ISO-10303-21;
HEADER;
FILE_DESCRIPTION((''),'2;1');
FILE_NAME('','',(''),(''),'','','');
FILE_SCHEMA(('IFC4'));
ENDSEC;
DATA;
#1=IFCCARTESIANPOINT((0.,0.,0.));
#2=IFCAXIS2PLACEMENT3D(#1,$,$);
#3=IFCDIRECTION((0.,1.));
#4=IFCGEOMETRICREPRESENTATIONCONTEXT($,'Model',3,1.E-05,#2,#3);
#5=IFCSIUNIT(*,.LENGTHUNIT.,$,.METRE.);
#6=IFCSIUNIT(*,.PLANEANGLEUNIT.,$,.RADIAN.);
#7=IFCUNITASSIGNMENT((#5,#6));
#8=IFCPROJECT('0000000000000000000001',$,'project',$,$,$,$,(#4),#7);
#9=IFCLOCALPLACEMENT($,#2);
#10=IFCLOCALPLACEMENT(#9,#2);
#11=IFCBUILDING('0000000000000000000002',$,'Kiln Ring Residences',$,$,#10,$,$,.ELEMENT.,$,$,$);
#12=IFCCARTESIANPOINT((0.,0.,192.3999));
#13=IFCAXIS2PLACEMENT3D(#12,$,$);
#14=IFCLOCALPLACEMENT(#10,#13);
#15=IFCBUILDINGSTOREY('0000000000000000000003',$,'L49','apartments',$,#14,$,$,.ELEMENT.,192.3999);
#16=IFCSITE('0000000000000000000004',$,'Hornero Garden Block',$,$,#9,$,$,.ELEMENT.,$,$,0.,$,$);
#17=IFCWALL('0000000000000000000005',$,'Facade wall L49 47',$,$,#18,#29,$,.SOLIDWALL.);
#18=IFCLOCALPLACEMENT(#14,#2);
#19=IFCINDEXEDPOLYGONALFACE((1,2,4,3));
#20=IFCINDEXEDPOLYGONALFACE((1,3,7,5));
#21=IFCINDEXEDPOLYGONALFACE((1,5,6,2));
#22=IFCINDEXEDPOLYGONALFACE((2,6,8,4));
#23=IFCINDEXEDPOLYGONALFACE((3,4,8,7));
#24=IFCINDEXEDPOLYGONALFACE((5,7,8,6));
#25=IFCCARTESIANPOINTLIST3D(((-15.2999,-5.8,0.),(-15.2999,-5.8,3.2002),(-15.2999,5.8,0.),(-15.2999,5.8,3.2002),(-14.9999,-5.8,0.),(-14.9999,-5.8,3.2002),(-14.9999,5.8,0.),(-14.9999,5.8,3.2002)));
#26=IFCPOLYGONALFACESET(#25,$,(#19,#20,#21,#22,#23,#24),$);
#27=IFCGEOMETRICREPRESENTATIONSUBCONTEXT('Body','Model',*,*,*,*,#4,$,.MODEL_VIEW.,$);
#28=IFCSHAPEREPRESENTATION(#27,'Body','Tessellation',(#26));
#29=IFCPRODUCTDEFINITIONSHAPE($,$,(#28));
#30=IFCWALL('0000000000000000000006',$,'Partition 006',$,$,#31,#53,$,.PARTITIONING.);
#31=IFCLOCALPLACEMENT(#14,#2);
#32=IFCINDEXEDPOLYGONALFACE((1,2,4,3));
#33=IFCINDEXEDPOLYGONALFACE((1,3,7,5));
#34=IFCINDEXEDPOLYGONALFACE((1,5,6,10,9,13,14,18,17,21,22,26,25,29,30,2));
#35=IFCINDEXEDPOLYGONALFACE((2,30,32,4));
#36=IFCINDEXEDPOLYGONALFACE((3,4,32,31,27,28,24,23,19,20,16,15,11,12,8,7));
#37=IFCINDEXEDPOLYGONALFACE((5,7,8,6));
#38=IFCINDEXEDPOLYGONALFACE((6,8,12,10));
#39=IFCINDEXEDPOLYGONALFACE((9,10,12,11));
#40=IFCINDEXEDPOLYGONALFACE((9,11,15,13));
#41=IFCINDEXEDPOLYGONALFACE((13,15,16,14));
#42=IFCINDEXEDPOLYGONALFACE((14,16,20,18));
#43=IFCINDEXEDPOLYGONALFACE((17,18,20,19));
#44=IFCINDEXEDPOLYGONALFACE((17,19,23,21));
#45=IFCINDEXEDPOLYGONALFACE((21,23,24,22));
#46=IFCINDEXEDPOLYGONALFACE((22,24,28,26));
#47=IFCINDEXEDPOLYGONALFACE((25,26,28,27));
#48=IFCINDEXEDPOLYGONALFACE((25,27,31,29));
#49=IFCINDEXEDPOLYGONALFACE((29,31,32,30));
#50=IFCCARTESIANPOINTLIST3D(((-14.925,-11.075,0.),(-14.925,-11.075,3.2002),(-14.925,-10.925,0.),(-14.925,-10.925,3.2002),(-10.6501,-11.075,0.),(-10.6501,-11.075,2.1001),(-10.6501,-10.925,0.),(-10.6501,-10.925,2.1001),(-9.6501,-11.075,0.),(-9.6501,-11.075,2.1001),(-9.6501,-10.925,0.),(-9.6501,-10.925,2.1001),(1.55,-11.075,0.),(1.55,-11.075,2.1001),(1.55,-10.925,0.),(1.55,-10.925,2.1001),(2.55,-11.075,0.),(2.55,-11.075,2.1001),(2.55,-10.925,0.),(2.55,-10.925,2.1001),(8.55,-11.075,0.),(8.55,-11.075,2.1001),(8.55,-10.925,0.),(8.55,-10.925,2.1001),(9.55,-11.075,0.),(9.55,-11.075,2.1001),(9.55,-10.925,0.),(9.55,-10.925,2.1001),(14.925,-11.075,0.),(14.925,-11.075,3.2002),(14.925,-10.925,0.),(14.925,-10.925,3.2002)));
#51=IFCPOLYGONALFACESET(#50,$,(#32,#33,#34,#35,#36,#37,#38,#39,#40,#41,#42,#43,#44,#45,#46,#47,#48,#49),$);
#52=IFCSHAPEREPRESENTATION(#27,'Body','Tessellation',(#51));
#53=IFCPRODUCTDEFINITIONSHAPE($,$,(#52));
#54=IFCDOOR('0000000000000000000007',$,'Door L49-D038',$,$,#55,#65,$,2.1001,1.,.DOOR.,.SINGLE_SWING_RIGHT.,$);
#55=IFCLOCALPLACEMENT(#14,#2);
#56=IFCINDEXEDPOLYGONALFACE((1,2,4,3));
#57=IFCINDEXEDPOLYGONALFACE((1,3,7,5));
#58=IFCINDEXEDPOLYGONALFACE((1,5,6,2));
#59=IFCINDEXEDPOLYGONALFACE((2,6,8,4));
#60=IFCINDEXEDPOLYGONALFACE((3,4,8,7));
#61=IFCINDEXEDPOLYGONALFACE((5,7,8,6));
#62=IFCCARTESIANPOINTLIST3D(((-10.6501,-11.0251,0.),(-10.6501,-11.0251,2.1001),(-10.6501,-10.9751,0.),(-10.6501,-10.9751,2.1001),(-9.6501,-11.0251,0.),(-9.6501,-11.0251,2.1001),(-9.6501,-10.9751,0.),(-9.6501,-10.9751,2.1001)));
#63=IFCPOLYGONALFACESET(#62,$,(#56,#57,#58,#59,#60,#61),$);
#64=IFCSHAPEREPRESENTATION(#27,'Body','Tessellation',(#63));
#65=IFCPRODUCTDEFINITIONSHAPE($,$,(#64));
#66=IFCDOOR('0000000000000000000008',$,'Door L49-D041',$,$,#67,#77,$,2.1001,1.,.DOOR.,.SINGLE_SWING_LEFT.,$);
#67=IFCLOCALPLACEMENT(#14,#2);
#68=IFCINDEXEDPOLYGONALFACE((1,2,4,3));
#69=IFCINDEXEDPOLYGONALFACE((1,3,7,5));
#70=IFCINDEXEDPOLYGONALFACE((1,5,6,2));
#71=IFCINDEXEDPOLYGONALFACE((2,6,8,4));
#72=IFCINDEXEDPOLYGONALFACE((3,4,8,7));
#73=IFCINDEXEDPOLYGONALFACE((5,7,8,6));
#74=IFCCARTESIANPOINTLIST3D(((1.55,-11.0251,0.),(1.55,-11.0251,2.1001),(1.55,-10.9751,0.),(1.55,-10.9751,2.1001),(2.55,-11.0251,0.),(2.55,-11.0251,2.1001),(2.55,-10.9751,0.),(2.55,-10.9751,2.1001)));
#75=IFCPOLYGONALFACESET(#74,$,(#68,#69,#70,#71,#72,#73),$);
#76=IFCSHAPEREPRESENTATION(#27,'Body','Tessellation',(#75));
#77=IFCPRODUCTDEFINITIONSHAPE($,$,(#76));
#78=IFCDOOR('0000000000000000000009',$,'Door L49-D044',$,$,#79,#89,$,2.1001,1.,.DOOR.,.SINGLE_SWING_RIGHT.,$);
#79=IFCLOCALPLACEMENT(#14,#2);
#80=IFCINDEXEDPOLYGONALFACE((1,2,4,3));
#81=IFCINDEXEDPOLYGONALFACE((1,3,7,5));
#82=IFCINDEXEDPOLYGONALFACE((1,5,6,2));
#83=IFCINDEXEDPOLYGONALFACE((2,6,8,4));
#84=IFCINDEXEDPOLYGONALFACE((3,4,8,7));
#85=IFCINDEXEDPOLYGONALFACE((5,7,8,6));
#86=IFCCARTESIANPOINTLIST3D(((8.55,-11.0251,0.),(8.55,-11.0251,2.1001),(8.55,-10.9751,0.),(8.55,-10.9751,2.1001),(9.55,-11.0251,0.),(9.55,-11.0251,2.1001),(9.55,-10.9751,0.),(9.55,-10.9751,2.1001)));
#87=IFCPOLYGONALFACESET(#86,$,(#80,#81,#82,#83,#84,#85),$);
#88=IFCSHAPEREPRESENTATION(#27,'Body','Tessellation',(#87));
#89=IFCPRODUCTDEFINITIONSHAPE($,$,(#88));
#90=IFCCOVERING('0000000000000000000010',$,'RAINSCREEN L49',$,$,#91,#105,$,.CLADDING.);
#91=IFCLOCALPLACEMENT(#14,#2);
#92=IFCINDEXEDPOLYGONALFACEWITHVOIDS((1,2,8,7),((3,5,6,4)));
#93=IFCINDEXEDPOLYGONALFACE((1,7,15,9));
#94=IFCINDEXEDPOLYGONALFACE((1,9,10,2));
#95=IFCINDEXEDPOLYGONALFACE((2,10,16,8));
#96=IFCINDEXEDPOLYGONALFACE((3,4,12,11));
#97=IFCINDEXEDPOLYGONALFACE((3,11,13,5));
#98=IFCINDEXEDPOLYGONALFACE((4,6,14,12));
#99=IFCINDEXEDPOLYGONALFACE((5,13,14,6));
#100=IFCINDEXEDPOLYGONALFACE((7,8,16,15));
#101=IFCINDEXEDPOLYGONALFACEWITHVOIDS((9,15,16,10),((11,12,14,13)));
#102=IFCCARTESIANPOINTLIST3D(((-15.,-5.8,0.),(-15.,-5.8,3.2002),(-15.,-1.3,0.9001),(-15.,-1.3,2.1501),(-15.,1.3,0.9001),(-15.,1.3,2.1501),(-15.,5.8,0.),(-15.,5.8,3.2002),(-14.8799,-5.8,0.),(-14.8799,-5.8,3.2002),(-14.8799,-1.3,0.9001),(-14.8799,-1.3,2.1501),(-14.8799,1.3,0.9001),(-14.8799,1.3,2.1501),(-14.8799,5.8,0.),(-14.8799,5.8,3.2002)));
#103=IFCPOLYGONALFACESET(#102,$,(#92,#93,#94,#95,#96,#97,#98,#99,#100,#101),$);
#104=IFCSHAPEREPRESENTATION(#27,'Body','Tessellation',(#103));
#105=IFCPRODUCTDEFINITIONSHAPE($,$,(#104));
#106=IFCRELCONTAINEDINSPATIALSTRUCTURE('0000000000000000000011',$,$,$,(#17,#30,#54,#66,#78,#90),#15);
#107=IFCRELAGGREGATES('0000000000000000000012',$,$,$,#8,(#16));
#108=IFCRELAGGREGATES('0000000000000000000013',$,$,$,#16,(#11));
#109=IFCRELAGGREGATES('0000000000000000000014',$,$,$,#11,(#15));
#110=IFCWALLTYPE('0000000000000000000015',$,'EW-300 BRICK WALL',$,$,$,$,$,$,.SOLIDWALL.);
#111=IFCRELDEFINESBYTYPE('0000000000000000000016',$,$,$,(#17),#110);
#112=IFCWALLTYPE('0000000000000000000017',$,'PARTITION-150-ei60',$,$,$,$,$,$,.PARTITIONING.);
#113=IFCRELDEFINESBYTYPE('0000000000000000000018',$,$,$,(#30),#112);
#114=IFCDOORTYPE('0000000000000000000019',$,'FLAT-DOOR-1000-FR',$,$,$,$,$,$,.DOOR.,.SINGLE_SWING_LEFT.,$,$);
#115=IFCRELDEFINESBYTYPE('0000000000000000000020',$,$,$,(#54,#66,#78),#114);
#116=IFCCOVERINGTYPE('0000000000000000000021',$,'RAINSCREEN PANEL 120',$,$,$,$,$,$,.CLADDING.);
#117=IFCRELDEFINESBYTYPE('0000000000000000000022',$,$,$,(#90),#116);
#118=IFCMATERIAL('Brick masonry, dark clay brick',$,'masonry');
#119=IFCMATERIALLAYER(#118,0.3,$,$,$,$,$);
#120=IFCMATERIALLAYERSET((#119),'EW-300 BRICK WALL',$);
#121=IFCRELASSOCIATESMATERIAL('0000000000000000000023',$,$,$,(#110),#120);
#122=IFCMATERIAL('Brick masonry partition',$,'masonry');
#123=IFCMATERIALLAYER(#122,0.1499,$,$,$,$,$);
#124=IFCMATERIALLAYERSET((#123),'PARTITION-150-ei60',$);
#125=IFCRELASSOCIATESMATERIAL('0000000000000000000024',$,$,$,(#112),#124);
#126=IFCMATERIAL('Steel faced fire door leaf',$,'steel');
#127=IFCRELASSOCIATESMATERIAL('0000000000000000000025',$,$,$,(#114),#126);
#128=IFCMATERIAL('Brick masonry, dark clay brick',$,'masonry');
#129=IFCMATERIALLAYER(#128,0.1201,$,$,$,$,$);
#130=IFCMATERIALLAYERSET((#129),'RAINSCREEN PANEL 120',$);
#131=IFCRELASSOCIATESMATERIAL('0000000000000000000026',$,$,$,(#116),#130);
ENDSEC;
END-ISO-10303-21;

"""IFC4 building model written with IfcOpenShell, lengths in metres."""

from ifc_helpers import new_model, si_unit, direction, frame, frame_2d, origin, place, context, subcontext, project, spatial, polyline, rectangle, outline, extrude, material, layer, layer_set, type_object, element, fill, save


model = new_model("IFC4")

# Units and contexts
model_context = context("Model", 3, precision=1e-05, world=origin(), true_north=direction((0.0, 1.0)))
body_context = subcontext(model_context, "Body", "Model", "MODEL_VIEW")
ifc_project = project(units=[si_unit("LENGTHUNIT", "METRE"), si_unit("PLANEANGLEUNIT", "RADIAN")], contexts=[model_context])

# Site, building, storey
site_placement = place(None, origin())
site = spatial("IfcSite", under=ifc_project, at=site_placement, Name="Hornero Garden Block", CompositionType="ELEMENT", RefElevation=0.0)
building_placement = place(site_placement, origin())
building = spatial("IfcBuilding", under=site, at=building_placement, Name="Kiln Ring Residences", CompositionType="ELEMENT")
storey_placement = place(building_placement, frame((0.0, 0.0, 192.3999)))
storey = spatial("IfcBuildingStorey", under=building, at=storey_placement, Name="L49", Description="apartments", CompositionType="ELEMENT", Elevation=192.3999)

# Wall
ifc_material_1 = material(Name="Brick masonry, dark clay brick", Category="masonry")
ifc_layer_1 = layer(ifc_material_1, 0.3)
ifc_layer_set_1 = layer_set([ifc_layer_1], Name="EW-300 BRICK WALL")
wall_type_1 = type_object("IfcWallType", Name="EW-300 BRICK WALL", PredefinedType="SOLIDWALL", material=ifc_layer_set_1)
wall_1_placement = place(storey_placement, frame((-15.1499, -5.8, 0.0), z_axis=(0.0, 0.0, 1.0), x_axis=(0.0, 1.0, 0.0)))
element("IfcWall", 1, at=wall_1_placement, inside=storey, type_object=wall_type_1, Name="Facade wall L49 47", PredefinedType="SOLIDWALL", context=body_context, shape_type="SweptSolid", body=[
    extrude(rectangle(XDim=11.6001, YDim=0.3, at=frame_2d((5.8, 0.0))), origin(), (0.0, 0.0, 1.0), 3.2002),
])

# Wall, openings, doors
ifc_material_2 = material(Name="Brick masonry partition", Category="masonry")
ifc_layer_2 = layer(ifc_material_2, 0.1499)
ifc_layer_set_2 = layer_set([ifc_layer_2], Name="PARTITION-150-ei60")
wall_type_2 = type_object("IfcWallType", Name="PARTITION-150-ei60", PredefinedType="PARTITIONING", material=ifc_layer_set_2)
wall_2_placement = place(storey_placement, frame((-14.925, -11.0, 0.0), z_axis=(0.0, 0.0, 1.0), x_axis=(1.0, 0.0, 0.0)))
wall_2 = element("IfcWall", 2, at=wall_2_placement, inside=storey, type_object=wall_type_2, Name="Partition 006", PredefinedType="PARTITIONING", context=body_context, shape_type="SweptSolid", body=[
    extrude(rectangle(XDim=29.8501, YDim=0.1499, at=frame_2d((14.925, 0.0))), origin(), (0.0, 0.0, 1.0), 3.2002),
])
opening_1_placement = place(wall_2_placement, frame((4.2749, 0.0, 0.0)))
opening_1 = element("IfcOpeningElement", 3, at=opening_1_placement, cuts=wall_2, PredefinedType="OPENING", context=body_context, shape_type="SweptSolid", body=[
    extrude(rectangle(XDim=1.0, YDim=2.1001, at=frame_2d((0.5, 1.05))), frame((0.0, 0.085, 0.0), z_axis=(0.0, -1.0, 0.0), x_axis=(1.0, 0.0, 0.0)), (0.0, 0.0, 1.0), 0.1699),
])
opening_2_placement = place(wall_2_placement, frame((16.4751, 0.0, 0.0)))
opening_2 = element("IfcOpeningElement", 4, at=opening_2_placement, cuts=wall_2, PredefinedType="OPENING", context=body_context, shape_type="SweptSolid", body=[
    extrude(rectangle(XDim=1.0, YDim=2.1001, at=frame_2d((0.5, 1.05))), frame((0.0, 0.085, 0.0), z_axis=(0.0, -1.0, 0.0), x_axis=(1.0, 0.0, 0.0)), (0.0, 0.0, 1.0), 0.1699),
])
opening_3_placement = place(wall_2_placement, frame((23.4751, 0.0, 0.0)))
opening_3 = element("IfcOpeningElement", 5, at=opening_3_placement, cuts=wall_2, PredefinedType="OPENING", context=body_context, shape_type="SweptSolid", body=[
    extrude(rectangle(XDim=1.0, YDim=2.1001, at=frame_2d((0.5, 1.05))), frame((0.0, 0.085, 0.0), z_axis=(0.0, -1.0, 0.0), x_axis=(1.0, 0.0, 0.0)), (0.0, 0.0, 1.0), 0.1699),
])
ifc_material_3 = material(Name="Steel faced fire door leaf", Category="steel")
door_type_1 = type_object("IfcDoorType", Name="FLAT-DOOR-1000-FR", OperationType="SINGLE_SWING_LEFT", PredefinedType="DOOR", material=ifc_material_3)
door_1_placement = place(opening_1_placement, origin())
door_1 = element("IfcDoor", 6, at=door_1_placement, inside=storey, type_object=door_type_1, Name="Door L49-D038", OperationType="SINGLE_SWING_RIGHT", OverallHeight=2.1001, OverallWidth=1.0, PredefinedType="DOOR", context=body_context, shape_type="SweptSolid", body=[
    extrude(rectangle(XDim=1.0, YDim=2.1001, at=frame_2d((0.5, 1.05))), frame((0.0, 0.0249, 0.0), z_axis=(0.0, -1.0, 0.0), x_axis=(1.0, 0.0, 0.0)), (0.0, 0.0, 1.0), 0.05),
])
fill(opening_1, door_1)
door_2_placement = place(opening_2_placement, origin())
door_2 = element("IfcDoor", 7, at=door_2_placement, inside=storey, type_object=door_type_1, Name="Door L49-D041", OperationType="SINGLE_SWING_LEFT", OverallHeight=2.1001, OverallWidth=1.0, PredefinedType="DOOR", context=body_context, shape_type="SweptSolid", body=[
    extrude(rectangle(XDim=1.0, YDim=2.1001, at=frame_2d((0.5, 1.05))), frame((0.0, 0.0249, 0.0), z_axis=(0.0, -1.0, 0.0), x_axis=(1.0, 0.0, 0.0)), (0.0, 0.0, 1.0), 0.05),
])
fill(opening_2, door_2)
door_3_placement = place(opening_3_placement, origin())
door_3 = element("IfcDoor", 8, at=door_3_placement, inside=storey, type_object=door_type_1, Name="Door L49-D044", OperationType="SINGLE_SWING_RIGHT", OverallHeight=2.1001, OverallWidth=1.0, PredefinedType="DOOR", context=body_context, shape_type="SweptSolid", body=[
    extrude(rectangle(XDim=1.0, YDim=2.1001, at=frame_2d((0.5, 1.05))), frame((0.0, 0.0249, 0.0), z_axis=(0.0, -1.0, 0.0), x_axis=(1.0, 0.0, 0.0)), (0.0, 0.0, 1.0), 0.05),
])
fill(opening_3, door_3)

# Covering
ifc_material_4 = material(Name="Brick masonry, dark clay brick", Category="masonry")
ifc_layer_3 = layer(ifc_material_4, 0.1201)
ifc_layer_set_3 = layer_set([ifc_layer_3], Name="RAINSCREEN PANEL 120")
covering_type = type_object("IfcCoveringType", Name="RAINSCREEN PANEL 120", PredefinedType="CLADDING", material=ifc_layer_set_3)
covering_placement = place(storey_placement, frame((-14.9399, -5.8, 0.0), z_axis=(0.0, 0.0, 1.0), x_axis=(0.0, 1.0, 0.0)))
element("IfcCovering", 9, at=covering_placement, inside=storey, type_object=covering_type, Name="RAINSCREEN L49", PredefinedType="CLADDING", context=body_context, shape_type="SweptSolid", body=[
    extrude(outline(polyline([(0.0, 0.0), (11.6001, 0.0), (11.6001, 3.2002), (0.0, 3.2002), (0.0, 0.0)]), holes=[polyline([(4.5, 2.1501), (4.5, 0.9001), (7.1001, 0.9001), (7.1001, 2.1501), (4.5, 2.1501)])]), frame((0.0, 0.0601, 0.0), z_axis=(0.0, -1.0, 0.0), x_axis=(1.0, 0.0, 0.0)), (0.0, 0.0, 1.0), 0.1201),
])

save(model, "model.ifc")
